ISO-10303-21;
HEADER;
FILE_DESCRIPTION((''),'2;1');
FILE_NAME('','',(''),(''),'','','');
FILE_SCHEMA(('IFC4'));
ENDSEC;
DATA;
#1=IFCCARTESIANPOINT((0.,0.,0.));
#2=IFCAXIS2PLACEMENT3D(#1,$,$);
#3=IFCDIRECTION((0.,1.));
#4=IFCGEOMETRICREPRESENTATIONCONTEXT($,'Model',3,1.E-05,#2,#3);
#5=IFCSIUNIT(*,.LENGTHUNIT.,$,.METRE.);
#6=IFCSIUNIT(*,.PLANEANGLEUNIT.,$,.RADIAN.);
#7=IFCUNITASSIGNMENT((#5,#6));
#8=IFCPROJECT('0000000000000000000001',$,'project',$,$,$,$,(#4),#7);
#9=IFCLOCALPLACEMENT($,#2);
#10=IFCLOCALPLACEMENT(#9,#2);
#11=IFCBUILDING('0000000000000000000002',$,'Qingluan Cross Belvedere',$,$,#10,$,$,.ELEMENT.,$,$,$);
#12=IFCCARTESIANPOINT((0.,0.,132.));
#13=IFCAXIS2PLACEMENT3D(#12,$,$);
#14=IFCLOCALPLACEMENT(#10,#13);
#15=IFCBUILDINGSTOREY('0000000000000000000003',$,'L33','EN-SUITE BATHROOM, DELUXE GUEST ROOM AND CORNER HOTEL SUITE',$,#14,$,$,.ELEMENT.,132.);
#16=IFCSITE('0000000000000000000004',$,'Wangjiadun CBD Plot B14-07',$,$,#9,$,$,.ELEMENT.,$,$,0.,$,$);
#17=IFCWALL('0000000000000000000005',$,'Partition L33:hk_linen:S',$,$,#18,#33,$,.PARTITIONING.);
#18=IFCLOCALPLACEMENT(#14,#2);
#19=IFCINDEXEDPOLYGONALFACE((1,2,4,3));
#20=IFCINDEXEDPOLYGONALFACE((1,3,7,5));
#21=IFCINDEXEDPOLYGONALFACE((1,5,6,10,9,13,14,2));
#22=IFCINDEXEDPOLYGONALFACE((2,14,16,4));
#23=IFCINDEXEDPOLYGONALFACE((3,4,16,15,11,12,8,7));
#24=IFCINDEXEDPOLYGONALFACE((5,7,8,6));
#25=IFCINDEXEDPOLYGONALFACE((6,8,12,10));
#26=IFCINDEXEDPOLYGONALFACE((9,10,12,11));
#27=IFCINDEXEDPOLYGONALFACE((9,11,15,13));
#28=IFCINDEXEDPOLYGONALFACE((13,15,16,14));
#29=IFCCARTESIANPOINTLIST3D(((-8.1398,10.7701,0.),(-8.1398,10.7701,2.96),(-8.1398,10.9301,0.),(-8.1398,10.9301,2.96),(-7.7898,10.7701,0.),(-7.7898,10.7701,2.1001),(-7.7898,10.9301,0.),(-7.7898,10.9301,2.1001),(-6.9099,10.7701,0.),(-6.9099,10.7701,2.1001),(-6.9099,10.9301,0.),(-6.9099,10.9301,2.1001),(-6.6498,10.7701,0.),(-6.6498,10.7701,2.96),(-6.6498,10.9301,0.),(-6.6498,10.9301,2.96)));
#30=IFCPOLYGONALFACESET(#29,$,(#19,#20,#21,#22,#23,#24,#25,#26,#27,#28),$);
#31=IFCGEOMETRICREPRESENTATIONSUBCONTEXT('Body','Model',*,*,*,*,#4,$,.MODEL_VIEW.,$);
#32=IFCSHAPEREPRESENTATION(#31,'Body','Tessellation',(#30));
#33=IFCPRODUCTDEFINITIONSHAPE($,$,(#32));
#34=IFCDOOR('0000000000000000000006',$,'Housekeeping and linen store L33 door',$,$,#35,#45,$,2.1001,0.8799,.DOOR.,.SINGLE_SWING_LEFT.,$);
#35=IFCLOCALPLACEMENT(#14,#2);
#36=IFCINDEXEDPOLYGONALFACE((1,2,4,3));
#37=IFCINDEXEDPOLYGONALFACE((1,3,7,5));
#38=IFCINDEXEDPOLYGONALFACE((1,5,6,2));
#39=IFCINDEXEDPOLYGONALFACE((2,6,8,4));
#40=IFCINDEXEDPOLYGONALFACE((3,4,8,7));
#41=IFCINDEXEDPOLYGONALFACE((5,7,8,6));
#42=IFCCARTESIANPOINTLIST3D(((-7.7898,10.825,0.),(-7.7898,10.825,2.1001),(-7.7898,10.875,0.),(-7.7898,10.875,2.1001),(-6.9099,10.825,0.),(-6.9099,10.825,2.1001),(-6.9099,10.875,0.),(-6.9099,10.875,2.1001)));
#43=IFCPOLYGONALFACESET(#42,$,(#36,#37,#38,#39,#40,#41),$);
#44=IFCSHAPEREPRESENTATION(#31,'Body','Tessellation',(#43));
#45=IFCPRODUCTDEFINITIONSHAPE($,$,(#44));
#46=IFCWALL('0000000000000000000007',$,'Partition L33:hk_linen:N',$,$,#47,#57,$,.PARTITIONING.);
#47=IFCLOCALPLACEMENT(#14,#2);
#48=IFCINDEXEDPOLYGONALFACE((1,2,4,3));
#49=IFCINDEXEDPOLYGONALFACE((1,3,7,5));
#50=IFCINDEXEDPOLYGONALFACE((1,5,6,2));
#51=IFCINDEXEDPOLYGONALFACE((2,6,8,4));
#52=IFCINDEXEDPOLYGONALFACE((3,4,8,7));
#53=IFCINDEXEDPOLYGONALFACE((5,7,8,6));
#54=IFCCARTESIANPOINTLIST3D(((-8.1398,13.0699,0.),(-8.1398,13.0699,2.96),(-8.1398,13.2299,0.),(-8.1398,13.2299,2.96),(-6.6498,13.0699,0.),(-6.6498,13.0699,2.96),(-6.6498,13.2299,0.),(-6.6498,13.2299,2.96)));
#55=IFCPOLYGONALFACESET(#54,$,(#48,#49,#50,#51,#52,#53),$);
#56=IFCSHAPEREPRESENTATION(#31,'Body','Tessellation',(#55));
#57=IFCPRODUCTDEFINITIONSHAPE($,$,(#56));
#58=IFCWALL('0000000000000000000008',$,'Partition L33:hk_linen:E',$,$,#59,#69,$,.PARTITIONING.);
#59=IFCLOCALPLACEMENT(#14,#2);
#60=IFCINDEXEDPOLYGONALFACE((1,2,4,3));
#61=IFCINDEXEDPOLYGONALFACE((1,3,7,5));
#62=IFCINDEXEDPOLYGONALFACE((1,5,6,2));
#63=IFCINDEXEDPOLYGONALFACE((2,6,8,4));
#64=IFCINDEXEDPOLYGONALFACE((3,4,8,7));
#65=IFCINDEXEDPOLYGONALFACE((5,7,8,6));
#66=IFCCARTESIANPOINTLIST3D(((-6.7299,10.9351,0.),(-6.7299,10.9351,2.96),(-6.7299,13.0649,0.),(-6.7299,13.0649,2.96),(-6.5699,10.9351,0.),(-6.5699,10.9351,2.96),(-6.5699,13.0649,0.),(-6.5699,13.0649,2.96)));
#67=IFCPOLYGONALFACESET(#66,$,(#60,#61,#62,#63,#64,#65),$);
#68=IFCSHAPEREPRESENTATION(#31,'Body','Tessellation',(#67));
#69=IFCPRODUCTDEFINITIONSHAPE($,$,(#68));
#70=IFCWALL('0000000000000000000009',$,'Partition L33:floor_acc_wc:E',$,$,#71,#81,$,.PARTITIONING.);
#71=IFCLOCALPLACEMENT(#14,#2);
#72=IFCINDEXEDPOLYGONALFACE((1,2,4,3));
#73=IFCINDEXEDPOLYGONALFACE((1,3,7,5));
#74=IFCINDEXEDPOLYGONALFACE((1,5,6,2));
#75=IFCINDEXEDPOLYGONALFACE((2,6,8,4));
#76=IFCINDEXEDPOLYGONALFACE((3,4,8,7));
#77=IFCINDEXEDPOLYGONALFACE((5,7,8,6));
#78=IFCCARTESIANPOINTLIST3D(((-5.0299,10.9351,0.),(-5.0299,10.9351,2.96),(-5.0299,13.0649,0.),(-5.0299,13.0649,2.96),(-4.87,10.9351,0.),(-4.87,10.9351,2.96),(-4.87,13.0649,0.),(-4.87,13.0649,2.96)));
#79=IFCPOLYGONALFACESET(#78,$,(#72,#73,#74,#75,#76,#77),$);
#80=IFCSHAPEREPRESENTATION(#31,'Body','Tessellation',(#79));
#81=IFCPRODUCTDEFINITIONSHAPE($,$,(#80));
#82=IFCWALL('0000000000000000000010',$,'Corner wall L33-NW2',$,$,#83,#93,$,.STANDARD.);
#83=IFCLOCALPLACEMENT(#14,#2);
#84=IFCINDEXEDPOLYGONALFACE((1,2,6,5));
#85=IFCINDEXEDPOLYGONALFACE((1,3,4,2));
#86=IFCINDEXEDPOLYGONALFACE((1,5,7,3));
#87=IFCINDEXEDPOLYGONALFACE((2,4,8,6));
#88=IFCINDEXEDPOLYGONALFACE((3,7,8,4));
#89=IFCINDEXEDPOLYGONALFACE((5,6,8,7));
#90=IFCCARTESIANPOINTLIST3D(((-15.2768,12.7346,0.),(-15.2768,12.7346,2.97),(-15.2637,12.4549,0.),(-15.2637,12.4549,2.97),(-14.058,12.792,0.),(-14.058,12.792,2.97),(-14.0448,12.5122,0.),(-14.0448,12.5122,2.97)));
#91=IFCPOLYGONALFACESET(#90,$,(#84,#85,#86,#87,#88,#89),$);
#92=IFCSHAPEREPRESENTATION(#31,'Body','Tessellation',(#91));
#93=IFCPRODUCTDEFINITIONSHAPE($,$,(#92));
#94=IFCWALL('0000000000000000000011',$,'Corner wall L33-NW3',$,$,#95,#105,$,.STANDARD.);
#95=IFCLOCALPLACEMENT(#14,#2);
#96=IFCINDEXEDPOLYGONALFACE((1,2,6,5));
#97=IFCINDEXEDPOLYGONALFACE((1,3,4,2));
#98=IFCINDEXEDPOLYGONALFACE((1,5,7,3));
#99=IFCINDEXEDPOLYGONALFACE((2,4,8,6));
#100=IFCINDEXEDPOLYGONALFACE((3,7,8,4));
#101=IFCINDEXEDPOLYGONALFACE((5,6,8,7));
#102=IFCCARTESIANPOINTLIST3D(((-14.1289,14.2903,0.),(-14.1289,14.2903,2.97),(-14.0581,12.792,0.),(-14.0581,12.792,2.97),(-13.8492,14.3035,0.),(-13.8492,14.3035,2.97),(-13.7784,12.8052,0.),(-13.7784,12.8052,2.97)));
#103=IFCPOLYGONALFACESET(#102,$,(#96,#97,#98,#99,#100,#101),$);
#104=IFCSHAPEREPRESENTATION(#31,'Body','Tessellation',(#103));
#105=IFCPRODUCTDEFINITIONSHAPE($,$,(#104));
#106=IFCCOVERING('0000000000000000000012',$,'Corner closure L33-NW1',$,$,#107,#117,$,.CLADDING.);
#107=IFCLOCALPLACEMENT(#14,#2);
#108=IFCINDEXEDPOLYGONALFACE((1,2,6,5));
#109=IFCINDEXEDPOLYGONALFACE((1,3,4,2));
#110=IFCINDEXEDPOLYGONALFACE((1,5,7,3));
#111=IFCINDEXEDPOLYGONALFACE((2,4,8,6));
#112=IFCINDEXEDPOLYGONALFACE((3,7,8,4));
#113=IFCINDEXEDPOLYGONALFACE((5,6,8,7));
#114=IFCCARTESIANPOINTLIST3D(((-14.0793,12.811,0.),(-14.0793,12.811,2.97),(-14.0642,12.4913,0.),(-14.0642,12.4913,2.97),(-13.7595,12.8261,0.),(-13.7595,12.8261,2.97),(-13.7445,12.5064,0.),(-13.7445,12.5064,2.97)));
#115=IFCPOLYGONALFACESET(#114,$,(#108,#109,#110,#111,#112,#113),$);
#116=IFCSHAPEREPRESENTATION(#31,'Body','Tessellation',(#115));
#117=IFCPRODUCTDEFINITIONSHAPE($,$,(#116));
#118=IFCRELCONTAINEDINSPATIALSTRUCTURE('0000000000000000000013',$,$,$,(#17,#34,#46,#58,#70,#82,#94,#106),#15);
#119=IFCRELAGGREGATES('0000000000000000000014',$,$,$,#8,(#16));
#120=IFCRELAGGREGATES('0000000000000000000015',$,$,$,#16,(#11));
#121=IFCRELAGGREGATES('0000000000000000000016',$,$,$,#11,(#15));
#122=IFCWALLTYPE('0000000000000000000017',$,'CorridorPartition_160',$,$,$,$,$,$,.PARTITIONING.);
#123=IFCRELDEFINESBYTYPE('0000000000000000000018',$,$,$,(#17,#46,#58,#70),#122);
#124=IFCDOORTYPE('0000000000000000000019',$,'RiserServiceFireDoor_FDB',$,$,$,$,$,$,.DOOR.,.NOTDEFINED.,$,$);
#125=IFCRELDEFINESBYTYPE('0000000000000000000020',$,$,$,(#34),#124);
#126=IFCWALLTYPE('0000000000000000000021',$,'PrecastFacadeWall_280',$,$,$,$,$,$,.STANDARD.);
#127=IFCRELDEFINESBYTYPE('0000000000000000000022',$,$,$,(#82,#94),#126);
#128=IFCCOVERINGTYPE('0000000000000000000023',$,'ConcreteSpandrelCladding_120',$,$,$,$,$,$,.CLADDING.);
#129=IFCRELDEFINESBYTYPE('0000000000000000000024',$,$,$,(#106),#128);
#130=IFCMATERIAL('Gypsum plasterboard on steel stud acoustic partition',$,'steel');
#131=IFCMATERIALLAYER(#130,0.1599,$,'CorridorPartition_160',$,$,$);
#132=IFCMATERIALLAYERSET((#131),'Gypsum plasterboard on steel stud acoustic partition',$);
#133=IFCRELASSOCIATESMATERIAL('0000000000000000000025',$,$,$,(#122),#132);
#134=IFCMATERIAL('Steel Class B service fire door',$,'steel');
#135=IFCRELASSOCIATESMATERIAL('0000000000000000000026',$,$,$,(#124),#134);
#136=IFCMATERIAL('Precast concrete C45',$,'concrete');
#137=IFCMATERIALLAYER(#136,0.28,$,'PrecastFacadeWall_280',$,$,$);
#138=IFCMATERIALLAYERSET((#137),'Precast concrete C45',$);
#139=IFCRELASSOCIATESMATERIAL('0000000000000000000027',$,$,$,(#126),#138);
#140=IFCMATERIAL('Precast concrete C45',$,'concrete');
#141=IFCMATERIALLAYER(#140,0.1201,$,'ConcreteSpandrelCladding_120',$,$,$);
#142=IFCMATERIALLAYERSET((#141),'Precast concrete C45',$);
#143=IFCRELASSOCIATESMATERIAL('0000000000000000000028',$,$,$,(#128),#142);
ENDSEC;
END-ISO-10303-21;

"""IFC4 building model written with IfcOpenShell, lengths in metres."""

from ifc_helpers import new_model, si_unit, direction, frame, frame_2d, origin, origin_2d, place, context, subcontext, project, spatial, rectangle, extrude, material, layer, layer_set, type_object, element, fill, save


model = new_model("IFC4")

# Units and contexts
model_context = context("Model", 3, precision=1e-05, world=origin(), true_north=direction((0.0, 1.0)))
body_context = subcontext(model_context, "Body", "Model", "MODEL_VIEW")
ifc_project = project(units=[si_unit("LENGTHUNIT", "METRE"), si_unit("PLANEANGLEUNIT", "RADIAN")], contexts=[model_context])

# Site, building, storey
site_placement = place(None, origin())
site = spatial("IfcSite", under=ifc_project, at=site_placement, Name="Wangjiadun CBD Plot B14-07", CompositionType="ELEMENT", RefElevation=0.0)
building_placement = place(site_placement, origin())
building = spatial("IfcBuilding", under=site, at=building_placement, Name="Qingluan Cross Belvedere", CompositionType="ELEMENT")
storey_placement = place(building_placement, frame((0.0, 0.0, 132.0)))
storey = spatial("IfcBuildingStorey", under=building, at=storey_placement, Name="L33", Description="EN-SUITE BATHROOM, DELUXE GUEST ROOM AND CORNER HOTEL SUITE", CompositionType="ELEMENT", Elevation=132.0)

# Shared definitions
ifc_material_1 = material(Name="Gypsum plasterboard on steel stud acoustic partition", Category="steel")
ifc_layer_1 = layer(ifc_material_1, 0.1599, Name="CorridorPartition_160")
ifc_layer_set_1 = layer_set([ifc_layer_1], Name="Gypsum plasterboard on steel stud acoustic partition")
wall_type_1 = type_object("IfcWallType", Name="CorridorPartition_160", PredefinedType="PARTITIONING", material=ifc_layer_set_1)

# Wall, opening, door
wall_1_placement = place(storey_placement, frame((-8.1399, 10.8501, 0.0), z_axis=(0.0, 0.0, 1.0), x_axis=(1.0, 0.0, 0.0)))
wall_1 = element("IfcWall", 1, at=wall_1_placement, inside=storey, type_object=wall_type_1, Name="Partition L33:hk_linen:S", PredefinedType="PARTITIONING", context=body_context, shape_type="SweptSolid", body=[
    extrude(rectangle(XDim=1.49, YDim=0.1599, at=frame_2d((0.7451, 0.0))), origin(), (0.0, 0.0, 1.0), 2.96),
])
opening_1_placement = place(wall_1_placement, frame((0.3501, 0.0, 0.0)))
opening_1 = element("IfcOpeningElement", 2, at=opening_1_placement, cuts=wall_1, PredefinedType="OPENING", context=body_context, shape_type="SweptSolid", body=[
    extrude(rectangle(XDim=0.8799, YDim=2.1001, at=frame_2d((0.4399, 1.05))), frame((0.0, 0.0898, 0.0), z_axis=(0.0, -1.0, 0.0), x_axis=(1.0, 0.0, 0.0)), (0.0, 0.0, 1.0), 0.1799),
])
ifc_material_2 = material(Name="Steel Class B service fire door", Category="steel")
door_type_1 = type_object("IfcDoorType", Name="RiserServiceFireDoor_FDB", OperationType="NOTDEFINED", PredefinedType="DOOR", material=ifc_material_2)
door_1_placement = place(opening_1_placement, origin())
door_1 = element("IfcDoor", 3, at=door_1_placement, inside=storey, type_object=door_type_1, Name="Housekeeping and linen store L33 door", OperationType="SINGLE_SWING_LEFT", OverallHeight=2.1001, OverallWidth=0.8799, PredefinedType="DOOR", context=body_context, shape_type="SweptSolid", body=[
    extrude(rectangle(XDim=0.8799, YDim=2.1001, at=frame_2d((0.4399, 1.05))), frame((0.0, 0.0249, 0.0), z_axis=(0.0, -1.0, 0.0), x_axis=(1.0, 0.0, 0.0)), (0.0, 0.0, 1.0), 0.05),
])
fill(opening_1, door_1)

# Walls
wall_2_placement = place(storey_placement, frame((-8.1399, 13.1499, 0.0), z_axis=(0.0, 0.0, 1.0), x_axis=(1.0, 0.0, 0.0)))
element("IfcWall", 4, at=wall_2_placement, inside=storey, type_object=wall_type_1, Name="Partition L33:hk_linen:N", PredefinedType="PARTITIONING", context=body_context, shape_type="SweptSolid", body=[
    extrude(rectangle(XDim=1.49, YDim=0.1599, at=frame_2d((0.7451, 0.0))), origin(), (0.0, 0.0, 1.0), 2.96),
])
wall_3_placement = place(storey_placement, frame((-6.6499, 10.9351, 0.0), z_axis=(0.0, 0.0, 1.0), x_axis=(0.0, 1.0, 0.0)))
element("IfcWall", 5, at=wall_3_placement, inside=storey, type_object=wall_type_1, Name="Partition L33:hk_linen:E", PredefinedType="PARTITIONING", context=body_context, shape_type="SweptSolid", body=[
    extrude(rectangle(XDim=2.1299, YDim=0.1599, at=frame_2d((1.0649, 0.0))), origin(), (0.0, 0.0, 1.0), 2.96),
])

# Walls
wall_4_placement = place(storey_placement, frame((-4.95, 10.9351, 0.0), z_axis=(0.0, 0.0, 1.0), x_axis=(0.0, 1.0, 0.0)))
element("IfcWall", 6, at=wall_4_placement, inside=storey, type_object=wall_type_1, Name="Partition L33:floor_acc_wc:E", PredefinedType="PARTITIONING", context=body_context, shape_type="SweptSolid", body=[
    extrude(rectangle(XDim=2.1299, YDim=0.1599, at=frame_2d((1.0649, 0.0))), origin(), (0.0, 0.0, 1.0), 2.96),
])
ifc_material_3 = material(Name="Precast concrete C45", Category="concrete")
ifc_layer_2 = layer(ifc_material_3, 0.28, Name="PrecastFacadeWall_280")
ifc_layer_set_2 = layer_set([ifc_layer_2], Name="Precast concrete C45")
wall_type_2 = type_object("IfcWallType", Name="PrecastFacadeWall_280", PredefinedType="STANDARD", material=ifc_layer_set_2)
wall_5_placement = place(storey_placement, frame((-15.2703, 12.5947, 0.0), z_axis=(0.0, 0.0, 1.0), x_axis=(0.998894, 0.047023, 0.0)))
element("IfcWall", 7, at=wall_5_placement, inside=storey, type_object=wall_type_2, Name="Corner wall L33-NW2", PredefinedType="STANDARD", context=body_context, shape_type="SweptSolid", body=[
    extrude(rectangle(XDim=1.2202, YDim=0.28, at=frame_2d((0.6101, 0.0))), origin(), (0.0, 0.0, 1.0), 2.97),
])
wall_6_placement = place(storey_placement, frame((-13.9182, 12.7986, 0.0), z_axis=(0.0, 0.0, 1.0), x_axis=(-0.047202, 0.998885, 0.0)))
element("IfcWall", 8, at=wall_6_placement, inside=storey, type_object=wall_type_2, Name="Corner wall L33-NW3", PredefinedType="STANDARD", context=body_context, shape_type="SweptSolid", body=[
    extrude(rectangle(XDim=1.5, YDim=0.28, at=frame_2d((0.75, 0.0))), origin(), (0.0, 0.0, 1.0), 2.97),
])

# Covering
ifc_material_4 = material(Name="Precast concrete C45", Category="concrete")
ifc_layer_3 = layer(ifc_material_4, 0.1201, Name="ConcreteSpandrelCladding_120")
ifc_layer_set_3 = layer_set([ifc_layer_3], Name="Precast concrete C45")
covering_type = type_object("IfcCoveringType", Name="ConcreteSpandrelCladding_120", PredefinedType="CLADDING", material=ifc_layer_set_3)
covering_placement = place(storey_placement, frame((-13.9119, 12.6587, 0.0), z_axis=(0.0, 0.0, 1.0), x_axis=(0.99889, 0.047106, 0.0)))
element("IfcCovering", 9, at=covering_placement, inside=storey, type_object=covering_type, Name="Corner closure L33-NW1", PredefinedType="CLADDING", context=body_context, shape_type="SweptSolid", body=[
    extrude(rectangle(XDim=0.3201, YDim=0.3201, at=origin_2d()), origin(), (0.0, 0.0, 1.0), 2.97),
])

save(model, "model.ifc")
